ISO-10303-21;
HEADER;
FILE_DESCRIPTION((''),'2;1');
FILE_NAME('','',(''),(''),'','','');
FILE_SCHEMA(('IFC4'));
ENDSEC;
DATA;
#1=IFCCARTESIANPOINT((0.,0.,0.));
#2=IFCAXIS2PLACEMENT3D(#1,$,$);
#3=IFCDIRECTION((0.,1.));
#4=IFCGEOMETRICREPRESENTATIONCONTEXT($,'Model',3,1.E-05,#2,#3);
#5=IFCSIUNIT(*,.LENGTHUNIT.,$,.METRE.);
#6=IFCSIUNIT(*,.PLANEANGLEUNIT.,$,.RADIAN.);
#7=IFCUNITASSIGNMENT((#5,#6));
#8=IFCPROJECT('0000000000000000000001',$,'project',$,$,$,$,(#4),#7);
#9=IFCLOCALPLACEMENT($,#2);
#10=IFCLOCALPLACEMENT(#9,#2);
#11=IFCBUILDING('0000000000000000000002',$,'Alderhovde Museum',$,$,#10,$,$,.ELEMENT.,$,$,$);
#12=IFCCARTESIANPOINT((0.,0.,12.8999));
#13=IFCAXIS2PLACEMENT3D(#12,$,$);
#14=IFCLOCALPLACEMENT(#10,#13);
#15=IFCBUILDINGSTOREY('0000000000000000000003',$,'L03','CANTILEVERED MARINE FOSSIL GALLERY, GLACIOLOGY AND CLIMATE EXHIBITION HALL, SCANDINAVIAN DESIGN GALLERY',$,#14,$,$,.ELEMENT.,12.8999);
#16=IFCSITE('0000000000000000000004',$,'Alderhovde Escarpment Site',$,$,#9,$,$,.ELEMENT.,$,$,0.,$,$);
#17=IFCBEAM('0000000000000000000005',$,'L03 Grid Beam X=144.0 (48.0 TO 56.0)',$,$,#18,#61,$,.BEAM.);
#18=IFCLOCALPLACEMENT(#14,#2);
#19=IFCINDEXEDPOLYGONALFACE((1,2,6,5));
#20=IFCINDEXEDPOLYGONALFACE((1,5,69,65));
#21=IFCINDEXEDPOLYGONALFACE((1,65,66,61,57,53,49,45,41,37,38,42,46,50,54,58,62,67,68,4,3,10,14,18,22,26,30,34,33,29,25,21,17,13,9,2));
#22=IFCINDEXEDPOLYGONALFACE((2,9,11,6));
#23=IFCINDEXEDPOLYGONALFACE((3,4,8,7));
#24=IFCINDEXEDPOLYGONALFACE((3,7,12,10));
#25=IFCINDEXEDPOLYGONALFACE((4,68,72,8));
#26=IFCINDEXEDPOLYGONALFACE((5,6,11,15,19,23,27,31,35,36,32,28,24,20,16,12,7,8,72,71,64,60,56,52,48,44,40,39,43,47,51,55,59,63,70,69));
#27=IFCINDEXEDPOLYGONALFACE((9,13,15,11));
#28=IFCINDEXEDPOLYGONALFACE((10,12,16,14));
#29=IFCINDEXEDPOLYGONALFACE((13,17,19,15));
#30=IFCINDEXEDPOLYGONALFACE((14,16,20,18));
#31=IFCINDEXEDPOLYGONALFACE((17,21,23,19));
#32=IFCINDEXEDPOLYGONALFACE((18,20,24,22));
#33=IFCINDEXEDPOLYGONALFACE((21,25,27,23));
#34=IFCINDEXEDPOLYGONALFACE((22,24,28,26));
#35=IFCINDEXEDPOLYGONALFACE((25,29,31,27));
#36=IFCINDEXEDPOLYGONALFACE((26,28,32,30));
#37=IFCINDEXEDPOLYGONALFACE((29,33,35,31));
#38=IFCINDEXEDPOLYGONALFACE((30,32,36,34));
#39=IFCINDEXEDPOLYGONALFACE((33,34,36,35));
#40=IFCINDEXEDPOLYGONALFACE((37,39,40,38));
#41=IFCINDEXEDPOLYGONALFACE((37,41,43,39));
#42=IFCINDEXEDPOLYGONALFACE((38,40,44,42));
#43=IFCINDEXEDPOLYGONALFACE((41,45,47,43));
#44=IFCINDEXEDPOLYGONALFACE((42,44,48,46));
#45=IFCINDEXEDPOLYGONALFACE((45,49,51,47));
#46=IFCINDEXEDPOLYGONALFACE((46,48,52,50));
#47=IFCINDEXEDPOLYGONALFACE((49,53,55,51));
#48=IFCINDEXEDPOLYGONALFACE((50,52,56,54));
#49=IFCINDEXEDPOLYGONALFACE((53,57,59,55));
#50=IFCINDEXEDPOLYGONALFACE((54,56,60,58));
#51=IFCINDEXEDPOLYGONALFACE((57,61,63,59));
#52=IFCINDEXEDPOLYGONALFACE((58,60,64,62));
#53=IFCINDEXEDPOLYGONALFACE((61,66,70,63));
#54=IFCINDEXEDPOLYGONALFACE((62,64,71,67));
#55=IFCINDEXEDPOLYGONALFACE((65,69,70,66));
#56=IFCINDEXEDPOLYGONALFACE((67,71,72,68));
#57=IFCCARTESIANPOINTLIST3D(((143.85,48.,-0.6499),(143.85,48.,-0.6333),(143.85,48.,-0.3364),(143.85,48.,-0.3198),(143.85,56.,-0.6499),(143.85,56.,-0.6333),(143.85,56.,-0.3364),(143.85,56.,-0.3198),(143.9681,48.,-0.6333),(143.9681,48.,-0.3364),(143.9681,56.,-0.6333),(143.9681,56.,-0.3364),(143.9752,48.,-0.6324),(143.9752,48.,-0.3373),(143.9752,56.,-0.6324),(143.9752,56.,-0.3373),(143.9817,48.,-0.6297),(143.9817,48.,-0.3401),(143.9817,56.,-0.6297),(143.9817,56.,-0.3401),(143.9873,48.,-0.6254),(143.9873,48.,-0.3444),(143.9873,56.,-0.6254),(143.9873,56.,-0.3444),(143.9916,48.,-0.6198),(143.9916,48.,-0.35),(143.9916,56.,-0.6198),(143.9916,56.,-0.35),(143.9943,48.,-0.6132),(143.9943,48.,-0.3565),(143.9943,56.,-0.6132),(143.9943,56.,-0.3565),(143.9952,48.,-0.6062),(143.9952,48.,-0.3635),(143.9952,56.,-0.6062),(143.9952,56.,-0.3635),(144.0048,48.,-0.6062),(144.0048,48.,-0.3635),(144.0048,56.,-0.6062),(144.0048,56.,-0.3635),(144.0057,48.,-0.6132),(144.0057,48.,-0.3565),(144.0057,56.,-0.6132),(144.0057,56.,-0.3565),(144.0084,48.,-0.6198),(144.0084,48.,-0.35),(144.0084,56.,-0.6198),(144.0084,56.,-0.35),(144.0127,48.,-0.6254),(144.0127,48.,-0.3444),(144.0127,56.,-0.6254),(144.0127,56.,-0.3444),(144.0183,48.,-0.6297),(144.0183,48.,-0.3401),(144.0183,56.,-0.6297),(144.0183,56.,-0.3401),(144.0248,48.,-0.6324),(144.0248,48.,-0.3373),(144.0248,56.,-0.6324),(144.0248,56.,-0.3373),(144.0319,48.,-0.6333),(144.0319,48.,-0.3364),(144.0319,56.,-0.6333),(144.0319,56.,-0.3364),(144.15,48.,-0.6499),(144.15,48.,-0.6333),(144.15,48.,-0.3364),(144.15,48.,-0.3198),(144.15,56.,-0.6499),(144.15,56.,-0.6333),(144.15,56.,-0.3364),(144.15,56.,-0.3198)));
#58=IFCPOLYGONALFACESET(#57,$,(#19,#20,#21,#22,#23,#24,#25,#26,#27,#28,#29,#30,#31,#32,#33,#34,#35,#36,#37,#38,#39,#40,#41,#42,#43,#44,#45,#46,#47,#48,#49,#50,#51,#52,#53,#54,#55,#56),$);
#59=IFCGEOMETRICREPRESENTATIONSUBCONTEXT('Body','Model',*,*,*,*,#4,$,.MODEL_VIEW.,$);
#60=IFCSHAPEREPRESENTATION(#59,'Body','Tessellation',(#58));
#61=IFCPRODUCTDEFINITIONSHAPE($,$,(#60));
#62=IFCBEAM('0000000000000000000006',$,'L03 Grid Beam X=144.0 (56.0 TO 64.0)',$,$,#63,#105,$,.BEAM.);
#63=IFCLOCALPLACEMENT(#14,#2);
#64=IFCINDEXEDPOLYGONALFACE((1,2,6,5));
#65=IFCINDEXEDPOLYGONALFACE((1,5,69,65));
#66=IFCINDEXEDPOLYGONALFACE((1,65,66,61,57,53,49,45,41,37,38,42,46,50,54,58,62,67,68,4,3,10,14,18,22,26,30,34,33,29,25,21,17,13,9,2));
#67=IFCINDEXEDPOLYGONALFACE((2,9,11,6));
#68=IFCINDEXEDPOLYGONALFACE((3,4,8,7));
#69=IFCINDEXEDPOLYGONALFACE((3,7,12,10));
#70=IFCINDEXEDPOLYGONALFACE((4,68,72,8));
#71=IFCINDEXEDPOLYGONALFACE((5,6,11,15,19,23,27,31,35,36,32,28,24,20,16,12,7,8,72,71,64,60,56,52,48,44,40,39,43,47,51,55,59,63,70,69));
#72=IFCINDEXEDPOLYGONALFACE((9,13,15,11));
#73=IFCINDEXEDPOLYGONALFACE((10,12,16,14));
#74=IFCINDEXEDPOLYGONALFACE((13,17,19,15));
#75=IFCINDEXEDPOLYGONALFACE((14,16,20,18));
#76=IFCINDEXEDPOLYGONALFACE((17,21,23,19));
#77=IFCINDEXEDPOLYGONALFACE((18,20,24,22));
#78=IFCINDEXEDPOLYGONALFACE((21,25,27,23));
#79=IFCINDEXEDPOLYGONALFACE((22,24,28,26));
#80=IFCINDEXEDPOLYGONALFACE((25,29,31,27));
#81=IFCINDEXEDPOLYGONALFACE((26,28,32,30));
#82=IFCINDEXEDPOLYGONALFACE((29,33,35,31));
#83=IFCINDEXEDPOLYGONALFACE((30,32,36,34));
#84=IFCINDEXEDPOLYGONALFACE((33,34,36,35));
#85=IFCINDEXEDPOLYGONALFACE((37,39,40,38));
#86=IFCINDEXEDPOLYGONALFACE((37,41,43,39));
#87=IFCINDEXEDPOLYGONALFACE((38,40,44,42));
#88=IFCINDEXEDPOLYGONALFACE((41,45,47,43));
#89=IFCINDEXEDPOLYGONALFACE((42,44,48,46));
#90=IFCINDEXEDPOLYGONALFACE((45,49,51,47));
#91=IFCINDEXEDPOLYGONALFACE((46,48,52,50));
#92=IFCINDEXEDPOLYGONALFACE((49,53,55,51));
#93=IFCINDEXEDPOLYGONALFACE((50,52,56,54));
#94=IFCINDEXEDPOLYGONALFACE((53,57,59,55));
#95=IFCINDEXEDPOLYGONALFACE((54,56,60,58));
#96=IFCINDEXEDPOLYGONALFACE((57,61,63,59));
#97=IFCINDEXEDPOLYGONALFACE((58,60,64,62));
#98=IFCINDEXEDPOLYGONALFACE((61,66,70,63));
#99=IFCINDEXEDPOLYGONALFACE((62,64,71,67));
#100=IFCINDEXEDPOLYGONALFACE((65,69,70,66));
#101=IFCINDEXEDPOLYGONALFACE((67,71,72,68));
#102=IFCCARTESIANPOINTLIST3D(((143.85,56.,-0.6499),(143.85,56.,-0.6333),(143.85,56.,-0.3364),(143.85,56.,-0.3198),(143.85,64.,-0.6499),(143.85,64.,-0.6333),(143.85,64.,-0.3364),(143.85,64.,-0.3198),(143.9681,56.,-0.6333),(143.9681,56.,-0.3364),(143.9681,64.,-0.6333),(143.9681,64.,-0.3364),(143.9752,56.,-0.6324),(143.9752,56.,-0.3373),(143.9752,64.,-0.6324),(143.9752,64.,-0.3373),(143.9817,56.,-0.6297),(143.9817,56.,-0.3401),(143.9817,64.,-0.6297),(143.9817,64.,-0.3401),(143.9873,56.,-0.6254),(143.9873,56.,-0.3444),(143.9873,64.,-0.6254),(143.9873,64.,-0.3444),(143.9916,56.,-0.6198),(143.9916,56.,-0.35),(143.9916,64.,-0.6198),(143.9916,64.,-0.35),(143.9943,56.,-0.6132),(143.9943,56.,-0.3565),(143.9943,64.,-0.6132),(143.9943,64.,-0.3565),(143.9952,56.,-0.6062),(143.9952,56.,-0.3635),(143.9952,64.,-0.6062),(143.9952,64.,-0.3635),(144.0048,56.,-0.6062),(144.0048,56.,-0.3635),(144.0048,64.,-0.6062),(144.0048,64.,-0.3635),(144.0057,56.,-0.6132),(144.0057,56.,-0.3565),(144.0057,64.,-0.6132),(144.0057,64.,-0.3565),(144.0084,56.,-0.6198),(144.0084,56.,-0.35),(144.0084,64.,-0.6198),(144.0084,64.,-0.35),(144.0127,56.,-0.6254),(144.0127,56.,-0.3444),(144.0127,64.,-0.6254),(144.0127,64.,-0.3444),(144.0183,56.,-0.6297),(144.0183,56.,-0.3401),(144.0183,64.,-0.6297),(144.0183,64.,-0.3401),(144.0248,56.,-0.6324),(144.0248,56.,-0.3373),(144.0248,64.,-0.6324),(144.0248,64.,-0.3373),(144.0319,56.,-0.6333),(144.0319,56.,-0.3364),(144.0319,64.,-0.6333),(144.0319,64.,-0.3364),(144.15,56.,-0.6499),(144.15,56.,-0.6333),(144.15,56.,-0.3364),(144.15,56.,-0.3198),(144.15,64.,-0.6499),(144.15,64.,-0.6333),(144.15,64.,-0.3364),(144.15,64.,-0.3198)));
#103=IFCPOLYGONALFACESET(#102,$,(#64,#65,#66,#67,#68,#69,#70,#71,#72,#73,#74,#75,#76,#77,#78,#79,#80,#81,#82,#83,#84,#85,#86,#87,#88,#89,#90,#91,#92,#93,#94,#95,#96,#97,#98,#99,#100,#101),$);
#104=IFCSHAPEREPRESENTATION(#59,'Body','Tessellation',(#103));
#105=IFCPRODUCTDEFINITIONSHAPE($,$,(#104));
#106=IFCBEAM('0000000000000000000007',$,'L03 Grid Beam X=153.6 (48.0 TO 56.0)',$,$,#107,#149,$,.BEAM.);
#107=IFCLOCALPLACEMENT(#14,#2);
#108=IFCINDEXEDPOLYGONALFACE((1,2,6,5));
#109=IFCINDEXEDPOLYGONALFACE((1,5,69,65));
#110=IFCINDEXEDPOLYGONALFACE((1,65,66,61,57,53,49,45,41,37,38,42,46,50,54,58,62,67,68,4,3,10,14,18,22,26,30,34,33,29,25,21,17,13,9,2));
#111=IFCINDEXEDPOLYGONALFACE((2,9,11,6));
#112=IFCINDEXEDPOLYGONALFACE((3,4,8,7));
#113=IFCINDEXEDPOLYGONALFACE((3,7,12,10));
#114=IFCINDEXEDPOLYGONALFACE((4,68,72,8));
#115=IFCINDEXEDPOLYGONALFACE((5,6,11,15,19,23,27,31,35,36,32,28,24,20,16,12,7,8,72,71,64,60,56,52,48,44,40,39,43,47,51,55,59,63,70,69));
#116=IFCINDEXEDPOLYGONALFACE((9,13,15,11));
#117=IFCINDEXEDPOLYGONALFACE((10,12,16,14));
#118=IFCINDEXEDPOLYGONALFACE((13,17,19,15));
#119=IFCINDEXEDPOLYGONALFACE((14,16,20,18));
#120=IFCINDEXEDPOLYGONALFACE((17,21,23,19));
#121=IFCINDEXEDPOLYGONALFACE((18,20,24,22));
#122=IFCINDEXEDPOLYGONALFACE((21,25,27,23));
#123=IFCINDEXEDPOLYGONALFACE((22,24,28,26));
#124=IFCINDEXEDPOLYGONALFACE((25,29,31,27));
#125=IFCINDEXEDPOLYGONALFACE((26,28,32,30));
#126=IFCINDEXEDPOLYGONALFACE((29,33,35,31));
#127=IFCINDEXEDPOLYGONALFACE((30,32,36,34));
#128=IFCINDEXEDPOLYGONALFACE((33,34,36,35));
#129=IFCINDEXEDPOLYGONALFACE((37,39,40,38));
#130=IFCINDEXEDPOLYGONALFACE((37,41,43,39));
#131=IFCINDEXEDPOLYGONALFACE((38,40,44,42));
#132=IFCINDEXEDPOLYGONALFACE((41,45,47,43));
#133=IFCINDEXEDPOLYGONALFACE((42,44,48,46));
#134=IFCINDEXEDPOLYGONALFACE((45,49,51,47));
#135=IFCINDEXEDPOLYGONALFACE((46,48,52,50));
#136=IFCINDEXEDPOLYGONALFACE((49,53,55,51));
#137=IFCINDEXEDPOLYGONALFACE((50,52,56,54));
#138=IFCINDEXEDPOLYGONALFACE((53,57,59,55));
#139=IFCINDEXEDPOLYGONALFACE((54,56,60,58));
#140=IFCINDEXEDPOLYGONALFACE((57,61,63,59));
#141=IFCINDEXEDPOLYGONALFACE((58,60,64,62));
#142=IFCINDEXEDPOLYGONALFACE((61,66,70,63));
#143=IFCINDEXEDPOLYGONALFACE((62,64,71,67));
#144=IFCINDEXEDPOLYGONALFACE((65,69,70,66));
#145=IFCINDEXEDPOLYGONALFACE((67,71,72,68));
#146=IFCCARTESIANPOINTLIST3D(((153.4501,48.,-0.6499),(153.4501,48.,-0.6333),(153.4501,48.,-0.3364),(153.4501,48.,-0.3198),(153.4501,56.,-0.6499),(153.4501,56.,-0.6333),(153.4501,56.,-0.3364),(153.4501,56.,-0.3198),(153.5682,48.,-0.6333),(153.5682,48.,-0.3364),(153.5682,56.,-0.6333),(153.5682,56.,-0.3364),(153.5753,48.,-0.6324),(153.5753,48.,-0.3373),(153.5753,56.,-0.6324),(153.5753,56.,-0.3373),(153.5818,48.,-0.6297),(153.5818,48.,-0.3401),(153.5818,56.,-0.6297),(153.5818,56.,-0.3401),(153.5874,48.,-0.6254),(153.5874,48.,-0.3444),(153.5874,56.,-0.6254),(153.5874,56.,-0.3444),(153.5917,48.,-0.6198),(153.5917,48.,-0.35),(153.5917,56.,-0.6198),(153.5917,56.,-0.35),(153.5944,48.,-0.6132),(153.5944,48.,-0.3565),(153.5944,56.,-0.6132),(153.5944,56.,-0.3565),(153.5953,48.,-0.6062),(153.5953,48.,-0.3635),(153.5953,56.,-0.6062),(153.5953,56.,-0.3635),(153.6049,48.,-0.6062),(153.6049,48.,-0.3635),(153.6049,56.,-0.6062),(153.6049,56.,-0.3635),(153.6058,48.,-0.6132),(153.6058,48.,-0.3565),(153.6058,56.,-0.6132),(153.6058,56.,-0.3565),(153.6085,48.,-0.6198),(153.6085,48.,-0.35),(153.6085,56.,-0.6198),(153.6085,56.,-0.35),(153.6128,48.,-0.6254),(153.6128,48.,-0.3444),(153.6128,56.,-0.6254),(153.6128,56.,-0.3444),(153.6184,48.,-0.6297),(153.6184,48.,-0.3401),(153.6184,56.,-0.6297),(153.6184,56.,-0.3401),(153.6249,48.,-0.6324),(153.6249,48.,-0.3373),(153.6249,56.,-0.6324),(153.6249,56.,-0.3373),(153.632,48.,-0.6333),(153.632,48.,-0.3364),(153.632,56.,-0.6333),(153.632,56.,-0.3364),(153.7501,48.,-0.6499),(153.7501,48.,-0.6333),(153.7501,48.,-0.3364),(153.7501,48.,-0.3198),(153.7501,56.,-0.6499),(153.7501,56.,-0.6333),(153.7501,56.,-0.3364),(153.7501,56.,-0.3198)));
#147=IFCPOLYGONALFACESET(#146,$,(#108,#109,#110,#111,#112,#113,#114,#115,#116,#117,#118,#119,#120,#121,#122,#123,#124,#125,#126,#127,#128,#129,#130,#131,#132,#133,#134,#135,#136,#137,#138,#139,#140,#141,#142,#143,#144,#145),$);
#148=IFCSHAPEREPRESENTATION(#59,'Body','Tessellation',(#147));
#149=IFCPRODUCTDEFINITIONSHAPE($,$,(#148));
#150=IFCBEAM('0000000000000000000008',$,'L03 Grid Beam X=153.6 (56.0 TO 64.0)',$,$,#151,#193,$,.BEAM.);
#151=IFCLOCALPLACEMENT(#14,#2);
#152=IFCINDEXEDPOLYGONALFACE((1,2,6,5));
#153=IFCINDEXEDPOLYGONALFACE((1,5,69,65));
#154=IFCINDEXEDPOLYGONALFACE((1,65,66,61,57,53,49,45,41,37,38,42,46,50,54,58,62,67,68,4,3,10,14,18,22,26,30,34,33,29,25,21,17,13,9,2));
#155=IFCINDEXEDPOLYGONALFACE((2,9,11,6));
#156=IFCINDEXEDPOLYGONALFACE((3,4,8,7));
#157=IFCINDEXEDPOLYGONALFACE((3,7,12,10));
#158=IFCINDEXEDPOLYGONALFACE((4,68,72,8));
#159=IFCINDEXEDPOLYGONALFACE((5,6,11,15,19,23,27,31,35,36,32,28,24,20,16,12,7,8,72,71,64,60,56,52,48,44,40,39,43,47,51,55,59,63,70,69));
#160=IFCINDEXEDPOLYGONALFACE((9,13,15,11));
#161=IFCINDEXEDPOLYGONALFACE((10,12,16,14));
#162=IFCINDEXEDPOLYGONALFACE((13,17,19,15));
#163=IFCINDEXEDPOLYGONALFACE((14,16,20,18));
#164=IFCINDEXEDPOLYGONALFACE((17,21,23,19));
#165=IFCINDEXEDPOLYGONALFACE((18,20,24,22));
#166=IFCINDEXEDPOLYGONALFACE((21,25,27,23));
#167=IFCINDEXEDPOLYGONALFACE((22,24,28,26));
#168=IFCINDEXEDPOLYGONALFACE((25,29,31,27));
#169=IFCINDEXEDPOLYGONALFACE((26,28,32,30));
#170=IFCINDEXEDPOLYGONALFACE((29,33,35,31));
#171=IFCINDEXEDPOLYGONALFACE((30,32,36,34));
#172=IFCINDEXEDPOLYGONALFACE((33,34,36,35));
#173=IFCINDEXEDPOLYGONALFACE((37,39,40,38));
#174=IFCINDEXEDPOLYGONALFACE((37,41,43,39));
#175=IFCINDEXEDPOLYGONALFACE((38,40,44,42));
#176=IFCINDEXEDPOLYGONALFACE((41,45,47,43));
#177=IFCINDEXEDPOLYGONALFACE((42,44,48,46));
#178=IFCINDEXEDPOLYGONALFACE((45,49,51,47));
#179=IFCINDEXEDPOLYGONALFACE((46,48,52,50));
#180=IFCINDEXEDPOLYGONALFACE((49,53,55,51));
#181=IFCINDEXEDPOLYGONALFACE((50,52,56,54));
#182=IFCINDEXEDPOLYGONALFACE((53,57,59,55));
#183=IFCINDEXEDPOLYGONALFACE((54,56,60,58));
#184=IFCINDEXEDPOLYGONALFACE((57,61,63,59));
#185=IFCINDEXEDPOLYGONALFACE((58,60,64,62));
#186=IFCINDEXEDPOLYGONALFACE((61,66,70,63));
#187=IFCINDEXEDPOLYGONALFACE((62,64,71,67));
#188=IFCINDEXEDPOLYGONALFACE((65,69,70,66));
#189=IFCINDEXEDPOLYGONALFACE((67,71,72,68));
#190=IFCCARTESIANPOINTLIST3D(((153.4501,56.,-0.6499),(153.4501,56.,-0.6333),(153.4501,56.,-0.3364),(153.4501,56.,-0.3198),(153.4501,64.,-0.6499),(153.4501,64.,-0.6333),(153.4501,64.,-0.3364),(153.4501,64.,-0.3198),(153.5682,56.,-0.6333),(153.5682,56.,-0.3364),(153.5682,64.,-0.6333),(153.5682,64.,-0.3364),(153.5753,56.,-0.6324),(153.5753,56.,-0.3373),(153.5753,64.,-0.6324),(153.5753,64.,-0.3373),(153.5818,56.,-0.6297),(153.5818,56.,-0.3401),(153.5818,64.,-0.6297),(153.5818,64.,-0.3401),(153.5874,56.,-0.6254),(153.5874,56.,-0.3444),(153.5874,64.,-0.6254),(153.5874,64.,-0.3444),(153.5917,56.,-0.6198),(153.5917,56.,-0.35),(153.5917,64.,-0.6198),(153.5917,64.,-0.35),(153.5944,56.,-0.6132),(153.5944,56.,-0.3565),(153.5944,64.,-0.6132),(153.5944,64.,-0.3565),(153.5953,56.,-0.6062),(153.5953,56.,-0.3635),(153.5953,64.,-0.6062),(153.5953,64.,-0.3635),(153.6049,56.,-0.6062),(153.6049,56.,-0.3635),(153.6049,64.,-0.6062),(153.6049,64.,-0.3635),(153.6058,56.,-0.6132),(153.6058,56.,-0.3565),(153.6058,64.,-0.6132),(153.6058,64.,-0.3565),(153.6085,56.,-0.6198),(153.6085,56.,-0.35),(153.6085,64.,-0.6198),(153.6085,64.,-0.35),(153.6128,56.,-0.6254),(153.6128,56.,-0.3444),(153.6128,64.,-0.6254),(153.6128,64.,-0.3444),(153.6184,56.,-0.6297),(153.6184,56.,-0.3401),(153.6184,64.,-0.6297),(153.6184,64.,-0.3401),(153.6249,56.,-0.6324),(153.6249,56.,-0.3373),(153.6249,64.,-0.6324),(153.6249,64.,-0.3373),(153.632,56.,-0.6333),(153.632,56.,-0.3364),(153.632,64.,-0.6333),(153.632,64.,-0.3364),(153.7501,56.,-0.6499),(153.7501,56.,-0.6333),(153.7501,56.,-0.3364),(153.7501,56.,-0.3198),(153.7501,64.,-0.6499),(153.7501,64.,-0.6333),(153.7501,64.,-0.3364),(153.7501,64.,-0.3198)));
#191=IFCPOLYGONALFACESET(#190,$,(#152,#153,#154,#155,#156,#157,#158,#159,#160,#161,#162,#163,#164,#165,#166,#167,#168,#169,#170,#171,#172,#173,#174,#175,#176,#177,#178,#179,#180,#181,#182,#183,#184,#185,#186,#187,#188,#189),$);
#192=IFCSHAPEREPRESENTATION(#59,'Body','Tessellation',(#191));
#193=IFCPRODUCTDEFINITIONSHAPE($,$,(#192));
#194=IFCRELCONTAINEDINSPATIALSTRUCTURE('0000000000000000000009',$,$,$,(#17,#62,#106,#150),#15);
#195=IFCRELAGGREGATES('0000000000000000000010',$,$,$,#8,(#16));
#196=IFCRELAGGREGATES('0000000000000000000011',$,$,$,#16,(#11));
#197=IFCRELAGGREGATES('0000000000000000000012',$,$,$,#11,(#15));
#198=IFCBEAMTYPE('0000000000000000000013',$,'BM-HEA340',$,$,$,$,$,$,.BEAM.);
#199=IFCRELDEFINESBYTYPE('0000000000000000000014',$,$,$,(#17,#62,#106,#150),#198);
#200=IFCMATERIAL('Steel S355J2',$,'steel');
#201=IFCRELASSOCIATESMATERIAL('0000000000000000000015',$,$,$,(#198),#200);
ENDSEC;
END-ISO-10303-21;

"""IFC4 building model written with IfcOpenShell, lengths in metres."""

from ifc_helpers import new_model, si_unit, direction, frame, origin, origin_2d, place, context, subcontext, project, spatial, i_section, extrude, material, material_profile, profile_set, type_object, element, save


model = new_model("IFC4")

# Units and contexts
model_context = context("Model", 3, precision=1e-05, world=origin(), true_north=direction((0.0, 1.0)))
body_context = subcontext(model_context, "Body", "Model", "MODEL_VIEW")
ifc_project = project(units=[si_unit("LENGTHUNIT", "METRE"), si_unit("PLANEANGLEUNIT", "RADIAN")], contexts=[model_context])

# Site, building, storey
site_placement = place(None, origin())
site = spatial("IfcSite", under=ifc_project, at=site_placement, Name="Alderhovde Escarpment Site", CompositionType="ELEMENT", RefElevation=0.0)
building_placement = place(site_placement, origin())
building = spatial("IfcBuilding", under=site, at=building_placement, Name="Alderhovde Museum", CompositionType="ELEMENT")
storey_placement = place(building_placement, frame((0.0, 0.0, 12.8999)))
storey = spatial("IfcBuildingStorey", under=building, at=storey_placement, Name="L03", Description="CANTILEVERED MARINE FOSSIL GALLERY, GLACIOLOGY AND CLIMATE EXHIBITION HALL, SCANDINAVIAN DESIGN GALLERY", CompositionType="ELEMENT", Elevation=12.8999)

# Beams
ifc_material_1 = material(Name="Steel S355J2", Category="steel")
ifc_material_profile_1 = material_profile(ifc_material_1, i_section(OverallWidth=0.3, OverallDepth=0.3301, WebThickness=0.0095, FlangeThickness=0.0166, FilletRadius=0.0271, at=origin_2d()), Name="HEA 340")
ifc_profile_set_1 = profile_set([ifc_material_profile_1], Name="Steel S355J2")
beam_type_1 = type_object("IfcBeamType", Name="BM-HEA340", PredefinedType="BEAM", material=ifc_profile_set_1)
for number, where, z_axis, x_axis, name in (
    (1, (144.0, 48.0, -0.4849), (0.0, 1.0, 0.0), (-1.0, 0.0, 0.0), "L03 Grid Beam X=144.0 (48.0 TO 56.0)"),
    (2, (144.0, 56.0, -0.4849), (0.0, 1.0, 0.0), (-1.0, 0.0, 0.0), "L03 Grid Beam X=144.0 (56.0 TO 64.0)"),
    (3, (153.6001, 48.0, -0.4849), (0.0, 1.0, 0.0), (-1.0, 0.0, 0.0), "L03 Grid Beam X=153.6 (48.0 TO 56.0)"),
    (4, (153.6001, 56.0, -0.4849), (0.0, 1.0, 0.0), (-1.0, 0.0, 0.0), "L03 Grid Beam X=153.6 (56.0 TO 64.0)"),
):
    element("IfcBeam", number, at=place(storey_placement, frame(where, z_axis=z_axis, x_axis=x_axis)), inside=storey, type_object=beam_type_1, Name=name, PredefinedType="BEAM", context=body_context, shape_type="SweptSolid", body=[
        extrude(i_section(OverallWidth=0.3, OverallDepth=0.3301, WebThickness=0.0095, FlangeThickness=0.0166, FilletRadius=0.0271, at=origin_2d()), origin(), (0.0, 0.0, 1.0), 8.0),
    ])

save(model, "model.ifc")
